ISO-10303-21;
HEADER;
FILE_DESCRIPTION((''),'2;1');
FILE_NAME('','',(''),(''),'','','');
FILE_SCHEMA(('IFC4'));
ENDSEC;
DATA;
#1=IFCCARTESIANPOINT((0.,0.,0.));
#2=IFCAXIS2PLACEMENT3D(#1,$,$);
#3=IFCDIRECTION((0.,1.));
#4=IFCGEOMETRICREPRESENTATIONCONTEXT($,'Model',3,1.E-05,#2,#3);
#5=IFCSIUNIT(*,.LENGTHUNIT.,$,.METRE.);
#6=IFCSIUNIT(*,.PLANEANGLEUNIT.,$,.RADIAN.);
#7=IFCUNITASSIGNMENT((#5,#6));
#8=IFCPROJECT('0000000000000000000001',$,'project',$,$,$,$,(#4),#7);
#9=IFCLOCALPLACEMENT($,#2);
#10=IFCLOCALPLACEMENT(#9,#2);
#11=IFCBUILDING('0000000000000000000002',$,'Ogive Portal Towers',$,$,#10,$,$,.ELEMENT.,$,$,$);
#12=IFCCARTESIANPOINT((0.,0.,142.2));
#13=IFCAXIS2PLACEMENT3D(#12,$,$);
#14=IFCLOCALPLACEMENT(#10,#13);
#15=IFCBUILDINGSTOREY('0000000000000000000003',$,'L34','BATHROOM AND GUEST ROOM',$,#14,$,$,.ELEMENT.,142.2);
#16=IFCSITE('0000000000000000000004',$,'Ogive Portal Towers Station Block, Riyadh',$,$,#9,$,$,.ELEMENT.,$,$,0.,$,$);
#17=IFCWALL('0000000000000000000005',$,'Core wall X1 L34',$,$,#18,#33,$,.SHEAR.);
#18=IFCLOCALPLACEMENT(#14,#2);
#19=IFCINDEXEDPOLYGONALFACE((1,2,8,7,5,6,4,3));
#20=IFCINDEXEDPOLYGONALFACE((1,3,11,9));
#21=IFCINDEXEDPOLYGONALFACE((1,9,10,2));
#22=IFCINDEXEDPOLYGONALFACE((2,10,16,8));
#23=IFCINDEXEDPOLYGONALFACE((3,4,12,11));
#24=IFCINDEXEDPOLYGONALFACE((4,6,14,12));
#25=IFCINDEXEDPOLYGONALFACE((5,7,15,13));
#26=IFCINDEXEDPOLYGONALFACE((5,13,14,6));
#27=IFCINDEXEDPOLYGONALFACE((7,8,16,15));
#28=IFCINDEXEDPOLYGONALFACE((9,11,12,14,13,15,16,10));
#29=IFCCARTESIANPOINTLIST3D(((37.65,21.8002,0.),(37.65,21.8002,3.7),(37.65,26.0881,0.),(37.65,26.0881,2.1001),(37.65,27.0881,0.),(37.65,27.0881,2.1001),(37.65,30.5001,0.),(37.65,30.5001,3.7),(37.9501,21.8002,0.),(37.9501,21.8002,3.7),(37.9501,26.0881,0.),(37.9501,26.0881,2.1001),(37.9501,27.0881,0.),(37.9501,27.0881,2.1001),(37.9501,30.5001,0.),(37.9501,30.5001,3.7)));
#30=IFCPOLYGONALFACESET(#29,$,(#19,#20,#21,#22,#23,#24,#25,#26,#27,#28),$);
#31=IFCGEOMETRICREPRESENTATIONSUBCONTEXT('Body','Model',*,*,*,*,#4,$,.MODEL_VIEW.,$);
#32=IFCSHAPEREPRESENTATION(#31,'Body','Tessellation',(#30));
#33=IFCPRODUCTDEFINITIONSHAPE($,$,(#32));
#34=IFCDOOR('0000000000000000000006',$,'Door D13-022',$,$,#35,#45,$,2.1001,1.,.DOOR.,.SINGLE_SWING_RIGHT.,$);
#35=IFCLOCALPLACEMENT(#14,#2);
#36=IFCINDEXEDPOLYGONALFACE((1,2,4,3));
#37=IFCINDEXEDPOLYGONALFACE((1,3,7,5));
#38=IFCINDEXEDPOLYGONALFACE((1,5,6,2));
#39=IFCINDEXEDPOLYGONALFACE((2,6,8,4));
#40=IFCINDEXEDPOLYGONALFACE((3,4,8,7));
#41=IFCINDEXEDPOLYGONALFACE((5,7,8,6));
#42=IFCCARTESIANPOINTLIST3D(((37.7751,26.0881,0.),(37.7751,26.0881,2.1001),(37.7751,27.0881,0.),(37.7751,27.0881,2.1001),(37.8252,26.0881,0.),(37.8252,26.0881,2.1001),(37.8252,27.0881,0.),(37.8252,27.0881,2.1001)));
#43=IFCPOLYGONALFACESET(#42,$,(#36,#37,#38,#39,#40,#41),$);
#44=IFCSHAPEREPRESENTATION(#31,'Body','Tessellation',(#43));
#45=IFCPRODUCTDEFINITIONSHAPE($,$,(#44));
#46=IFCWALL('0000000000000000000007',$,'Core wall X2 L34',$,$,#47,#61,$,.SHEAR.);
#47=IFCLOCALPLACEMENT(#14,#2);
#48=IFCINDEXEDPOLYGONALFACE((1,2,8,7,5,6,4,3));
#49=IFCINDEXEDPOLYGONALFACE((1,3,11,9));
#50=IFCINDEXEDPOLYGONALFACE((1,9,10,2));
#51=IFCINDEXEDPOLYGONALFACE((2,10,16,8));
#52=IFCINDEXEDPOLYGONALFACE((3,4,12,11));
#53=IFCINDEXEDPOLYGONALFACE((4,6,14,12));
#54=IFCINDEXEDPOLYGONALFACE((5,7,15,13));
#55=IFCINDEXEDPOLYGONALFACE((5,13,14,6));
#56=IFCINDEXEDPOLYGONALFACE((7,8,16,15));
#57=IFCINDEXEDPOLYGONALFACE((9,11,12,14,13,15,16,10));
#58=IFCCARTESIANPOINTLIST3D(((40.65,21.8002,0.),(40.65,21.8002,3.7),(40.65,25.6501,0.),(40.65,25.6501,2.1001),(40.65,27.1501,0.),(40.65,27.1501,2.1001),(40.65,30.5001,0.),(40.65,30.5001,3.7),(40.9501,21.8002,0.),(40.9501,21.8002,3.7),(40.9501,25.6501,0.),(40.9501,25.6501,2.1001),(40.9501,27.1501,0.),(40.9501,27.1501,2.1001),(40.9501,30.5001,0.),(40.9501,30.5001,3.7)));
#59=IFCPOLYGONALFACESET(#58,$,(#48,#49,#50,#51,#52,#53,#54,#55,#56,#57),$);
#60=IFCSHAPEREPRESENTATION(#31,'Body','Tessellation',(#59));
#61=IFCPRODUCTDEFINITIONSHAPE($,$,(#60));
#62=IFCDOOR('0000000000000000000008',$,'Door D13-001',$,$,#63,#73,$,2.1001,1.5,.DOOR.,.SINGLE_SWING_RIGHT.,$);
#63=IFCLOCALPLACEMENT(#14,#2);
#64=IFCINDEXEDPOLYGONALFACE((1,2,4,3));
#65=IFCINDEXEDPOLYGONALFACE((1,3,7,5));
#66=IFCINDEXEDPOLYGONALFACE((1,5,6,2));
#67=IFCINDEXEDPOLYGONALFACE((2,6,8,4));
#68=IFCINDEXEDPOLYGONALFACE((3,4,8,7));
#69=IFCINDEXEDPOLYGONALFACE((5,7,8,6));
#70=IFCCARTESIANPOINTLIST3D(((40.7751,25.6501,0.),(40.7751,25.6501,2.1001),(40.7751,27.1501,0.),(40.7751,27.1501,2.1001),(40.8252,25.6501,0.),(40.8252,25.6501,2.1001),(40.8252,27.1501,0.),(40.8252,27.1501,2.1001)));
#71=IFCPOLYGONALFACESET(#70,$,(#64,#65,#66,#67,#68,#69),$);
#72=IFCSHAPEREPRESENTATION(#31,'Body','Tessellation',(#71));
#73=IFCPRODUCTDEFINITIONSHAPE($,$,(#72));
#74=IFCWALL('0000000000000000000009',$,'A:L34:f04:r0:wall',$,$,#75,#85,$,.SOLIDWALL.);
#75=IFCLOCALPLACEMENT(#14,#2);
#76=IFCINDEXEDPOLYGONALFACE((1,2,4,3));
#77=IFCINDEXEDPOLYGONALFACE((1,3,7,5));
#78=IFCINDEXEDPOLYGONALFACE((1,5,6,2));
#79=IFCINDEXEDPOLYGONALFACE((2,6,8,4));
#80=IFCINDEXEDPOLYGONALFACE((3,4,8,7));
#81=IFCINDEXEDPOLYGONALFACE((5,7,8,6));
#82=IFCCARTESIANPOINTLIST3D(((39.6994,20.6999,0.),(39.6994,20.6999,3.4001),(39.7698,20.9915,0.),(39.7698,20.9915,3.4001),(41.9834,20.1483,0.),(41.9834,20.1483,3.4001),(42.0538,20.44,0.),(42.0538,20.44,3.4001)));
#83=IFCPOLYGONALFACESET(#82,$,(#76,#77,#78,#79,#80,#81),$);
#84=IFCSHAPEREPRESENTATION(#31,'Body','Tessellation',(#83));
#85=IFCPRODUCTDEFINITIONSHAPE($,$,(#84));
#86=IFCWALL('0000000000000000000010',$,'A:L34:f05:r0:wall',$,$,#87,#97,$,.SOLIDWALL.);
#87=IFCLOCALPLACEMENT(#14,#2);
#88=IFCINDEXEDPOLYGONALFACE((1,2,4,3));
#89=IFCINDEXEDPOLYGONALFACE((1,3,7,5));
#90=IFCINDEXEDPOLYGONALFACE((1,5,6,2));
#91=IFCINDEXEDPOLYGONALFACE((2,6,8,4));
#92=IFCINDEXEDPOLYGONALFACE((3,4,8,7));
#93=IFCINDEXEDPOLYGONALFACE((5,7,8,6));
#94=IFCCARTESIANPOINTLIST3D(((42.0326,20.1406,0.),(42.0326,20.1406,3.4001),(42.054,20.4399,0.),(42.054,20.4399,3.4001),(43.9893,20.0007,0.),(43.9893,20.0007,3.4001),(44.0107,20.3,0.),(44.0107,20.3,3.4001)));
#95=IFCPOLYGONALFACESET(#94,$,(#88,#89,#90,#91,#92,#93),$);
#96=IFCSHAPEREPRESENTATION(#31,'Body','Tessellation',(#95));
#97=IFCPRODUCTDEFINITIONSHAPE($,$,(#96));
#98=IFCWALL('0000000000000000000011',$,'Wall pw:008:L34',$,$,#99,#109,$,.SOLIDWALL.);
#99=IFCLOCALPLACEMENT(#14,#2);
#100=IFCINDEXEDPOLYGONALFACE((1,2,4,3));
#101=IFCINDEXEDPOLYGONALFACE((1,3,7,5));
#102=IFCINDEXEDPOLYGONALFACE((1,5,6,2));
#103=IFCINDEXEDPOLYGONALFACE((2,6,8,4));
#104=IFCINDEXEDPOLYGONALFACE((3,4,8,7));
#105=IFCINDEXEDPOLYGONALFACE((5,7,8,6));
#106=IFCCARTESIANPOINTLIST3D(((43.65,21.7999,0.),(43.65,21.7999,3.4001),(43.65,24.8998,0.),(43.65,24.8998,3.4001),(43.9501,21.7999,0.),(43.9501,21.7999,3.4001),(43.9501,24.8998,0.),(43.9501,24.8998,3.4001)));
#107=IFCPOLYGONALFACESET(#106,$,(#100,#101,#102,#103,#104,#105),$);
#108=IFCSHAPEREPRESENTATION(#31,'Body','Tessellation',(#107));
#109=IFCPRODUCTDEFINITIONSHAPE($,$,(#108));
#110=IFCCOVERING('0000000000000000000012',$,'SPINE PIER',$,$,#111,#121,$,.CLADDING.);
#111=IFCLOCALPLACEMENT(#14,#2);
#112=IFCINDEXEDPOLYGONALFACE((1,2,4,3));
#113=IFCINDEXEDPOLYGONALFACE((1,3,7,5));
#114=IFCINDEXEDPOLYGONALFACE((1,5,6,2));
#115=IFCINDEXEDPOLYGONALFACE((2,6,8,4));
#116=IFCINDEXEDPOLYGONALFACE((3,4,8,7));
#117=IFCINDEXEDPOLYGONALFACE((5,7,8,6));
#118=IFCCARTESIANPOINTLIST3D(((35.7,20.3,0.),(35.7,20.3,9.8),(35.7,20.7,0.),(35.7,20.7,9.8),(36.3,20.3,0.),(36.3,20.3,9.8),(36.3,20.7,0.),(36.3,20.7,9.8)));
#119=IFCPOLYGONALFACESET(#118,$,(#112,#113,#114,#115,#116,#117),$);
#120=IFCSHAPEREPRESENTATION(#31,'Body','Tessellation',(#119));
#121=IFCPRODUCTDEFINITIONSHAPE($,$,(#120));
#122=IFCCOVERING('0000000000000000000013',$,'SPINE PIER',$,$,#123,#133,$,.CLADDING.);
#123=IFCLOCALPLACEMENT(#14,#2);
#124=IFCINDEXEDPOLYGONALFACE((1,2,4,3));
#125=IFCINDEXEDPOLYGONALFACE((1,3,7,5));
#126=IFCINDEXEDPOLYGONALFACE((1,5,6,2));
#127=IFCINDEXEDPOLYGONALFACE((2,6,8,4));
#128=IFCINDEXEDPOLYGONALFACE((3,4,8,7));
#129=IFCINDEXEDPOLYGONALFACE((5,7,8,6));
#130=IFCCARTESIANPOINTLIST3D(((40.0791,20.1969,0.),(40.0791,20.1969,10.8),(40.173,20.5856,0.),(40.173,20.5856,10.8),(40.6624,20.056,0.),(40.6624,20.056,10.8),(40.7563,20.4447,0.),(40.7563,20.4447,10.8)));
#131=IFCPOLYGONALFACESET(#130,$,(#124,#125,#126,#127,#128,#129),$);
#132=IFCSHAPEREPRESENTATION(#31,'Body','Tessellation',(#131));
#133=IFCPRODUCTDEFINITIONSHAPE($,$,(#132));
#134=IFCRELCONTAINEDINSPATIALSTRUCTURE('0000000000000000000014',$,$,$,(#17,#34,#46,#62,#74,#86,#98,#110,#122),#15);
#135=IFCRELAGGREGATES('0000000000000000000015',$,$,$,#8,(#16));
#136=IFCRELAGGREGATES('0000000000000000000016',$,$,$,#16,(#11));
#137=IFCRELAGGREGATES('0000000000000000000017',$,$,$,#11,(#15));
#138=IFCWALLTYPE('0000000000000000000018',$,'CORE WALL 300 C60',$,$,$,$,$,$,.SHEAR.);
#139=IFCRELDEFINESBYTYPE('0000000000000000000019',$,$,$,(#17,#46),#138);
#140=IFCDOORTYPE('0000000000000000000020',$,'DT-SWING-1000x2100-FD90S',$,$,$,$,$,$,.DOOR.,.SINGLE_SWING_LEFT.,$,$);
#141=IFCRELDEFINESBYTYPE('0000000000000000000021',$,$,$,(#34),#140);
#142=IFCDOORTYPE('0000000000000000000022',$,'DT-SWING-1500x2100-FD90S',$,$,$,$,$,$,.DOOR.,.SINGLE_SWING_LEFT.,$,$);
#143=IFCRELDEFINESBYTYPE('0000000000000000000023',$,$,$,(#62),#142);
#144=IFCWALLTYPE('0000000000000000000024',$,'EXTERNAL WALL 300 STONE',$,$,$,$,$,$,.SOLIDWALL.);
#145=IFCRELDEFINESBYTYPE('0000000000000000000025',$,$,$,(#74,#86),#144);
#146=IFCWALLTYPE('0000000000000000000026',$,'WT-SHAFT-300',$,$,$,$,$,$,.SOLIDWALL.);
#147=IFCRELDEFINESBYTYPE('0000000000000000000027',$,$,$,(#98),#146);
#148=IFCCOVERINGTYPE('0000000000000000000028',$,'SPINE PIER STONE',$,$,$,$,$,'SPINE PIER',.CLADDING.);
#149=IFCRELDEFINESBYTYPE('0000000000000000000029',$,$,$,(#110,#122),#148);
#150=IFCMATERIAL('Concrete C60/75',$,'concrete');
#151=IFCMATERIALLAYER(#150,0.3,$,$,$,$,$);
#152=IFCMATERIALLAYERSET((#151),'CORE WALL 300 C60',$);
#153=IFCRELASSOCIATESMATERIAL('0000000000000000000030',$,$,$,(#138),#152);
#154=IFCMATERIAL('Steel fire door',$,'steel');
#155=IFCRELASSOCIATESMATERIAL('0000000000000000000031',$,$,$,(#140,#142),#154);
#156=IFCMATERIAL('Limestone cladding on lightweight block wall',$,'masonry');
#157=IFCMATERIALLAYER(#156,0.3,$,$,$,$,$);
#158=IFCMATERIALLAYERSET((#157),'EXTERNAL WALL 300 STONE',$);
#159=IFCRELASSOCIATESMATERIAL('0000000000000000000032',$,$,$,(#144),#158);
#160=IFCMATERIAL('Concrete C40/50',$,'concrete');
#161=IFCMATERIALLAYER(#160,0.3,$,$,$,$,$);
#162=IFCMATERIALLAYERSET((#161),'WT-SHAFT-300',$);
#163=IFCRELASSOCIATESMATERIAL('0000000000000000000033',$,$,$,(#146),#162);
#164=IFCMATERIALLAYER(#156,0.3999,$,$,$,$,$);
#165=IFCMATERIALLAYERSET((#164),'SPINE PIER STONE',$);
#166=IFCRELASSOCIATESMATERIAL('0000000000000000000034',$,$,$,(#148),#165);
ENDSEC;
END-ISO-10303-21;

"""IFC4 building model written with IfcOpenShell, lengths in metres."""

from ifc_helpers import new_model, si_unit, direction, frame, frame_2d, origin, origin_2d, place, context, subcontext, project, spatial, rectangle, extrude, material, layer, layer_set, type_object, element, fill, save


model = new_model("IFC4")

# Units and contexts
model_context = context("Model", 3, precision=1e-05, world=origin(), true_north=direction((0.0, 1.0)))
body_context = subcontext(model_context, "Body", "Model", "MODEL_VIEW")
ifc_project = project(units=[si_unit("LENGTHUNIT", "METRE"), si_unit("PLANEANGLEUNIT", "RADIAN")], contexts=[model_context])

# Site, building, storey
site_placement = place(None, origin())
site = spatial("IfcSite", under=ifc_project, at=site_placement, Name="Ogive Portal Towers Station Block, Riyadh", CompositionType="ELEMENT", RefElevation=0.0)
building_placement = place(site_placement, origin())
building = spatial("IfcBuilding", under=site, at=building_placement, Name="Ogive Portal Towers", CompositionType="ELEMENT")
storey_placement = place(building_placement, frame((0.0, 0.0, 142.2)))
storey = spatial("IfcBuildingStorey", under=building, at=storey_placement, Name="L34", Description="BATHROOM AND GUEST ROOM", CompositionType="ELEMENT", Elevation=142.2)

# Walls, openings, doors
ifc_material_1 = material(Name="Concrete C60/75", Category="concrete")
ifc_layer_1 = layer(ifc_material_1, 0.3)
ifc_layer_set_1 = layer_set([ifc_layer_1], Name="CORE WALL 300 C60")
wall_type_1 = type_object("IfcWallType", Name="CORE WALL 300 C60", PredefinedType="SHEAR", material=ifc_layer_set_1)
wall_1_placement = place(storey_placement, frame((37.8, 21.8, 0.0), z_axis=(0.0, 0.0, 1.0), x_axis=(0.0, 1.0, 0.0)))
wall_1 = element("IfcWall", 1, at=wall_1_placement, inside=storey, type_object=wall_type_1, Name="Core wall X1 L34", PredefinedType="SHEAR", context=body_context, shape_type="SweptSolid", body=[
    extrude(rectangle(XDim=8.7, YDim=0.3, at=frame_2d((4.3501, 0.0))), origin(), (0.0, 0.0, 1.0), 3.7),
])
opening_1_placement = place(wall_1_placement, frame((4.2881, 0.0, 0.0)))
opening_1 = element("IfcOpeningElement", 2, at=opening_1_placement, cuts=wall_1, PredefinedType="OPENING", context=body_context, shape_type="SweptSolid", body=[
    extrude(rectangle(XDim=1.0, YDim=2.1001, at=frame_2d((0.5, 1.05))), frame((0.0, 0.1602, 0.0), z_axis=(0.0, -1.0, 0.0), x_axis=(1.0, 0.0, 0.0)), (0.0, 0.0, 1.0), 0.3201),
])
ifc_material_2 = material(Name="Steel fire door", Category="steel")
door_type_1 = type_object("IfcDoorType", Name="DT-SWING-1000x2100-FD90S", OperationType="SINGLE_SWING_LEFT", PredefinedType="DOOR", material=ifc_material_2)
door_1_placement = place(opening_1_placement, origin())
door_1 = element("IfcDoor", 3, at=door_1_placement, inside=storey, type_object=door_type_1, Name="Door D13-022", OperationType="SINGLE_SWING_RIGHT", OverallHeight=2.1001, OverallWidth=1.0, PredefinedType="DOOR", context=body_context, shape_type="SweptSolid", body=[
    extrude(rectangle(XDim=1.0, YDim=2.1001, at=frame_2d((0.5, 1.05))), frame((0.0, 0.0249, 0.0), z_axis=(0.0, -1.0, 0.0), x_axis=(1.0, 0.0, 0.0)), (0.0, 0.0, 1.0), 0.05),
])
fill(opening_1, door_1)
wall_2_placement = place(storey_placement, frame((40.8, 21.8, 0.0), z_axis=(0.0, 0.0, 1.0), x_axis=(0.0, 1.0, 0.0)))
wall_2 = element("IfcWall", 4, at=wall_2_placement, inside=storey, type_object=wall_type_1, Name="Core wall X2 L34", PredefinedType="SHEAR", context=body_context, shape_type="SweptSolid", body=[
    extrude(rectangle(XDim=8.7, YDim=0.3, at=frame_2d((4.3501, 0.0))), origin(), (0.0, 0.0, 1.0), 3.7),
])
opening_2_placement = place(wall_2_placement, frame((3.8501, 0.0, 0.0)))
opening_2 = element("IfcOpeningElement", 5, at=opening_2_placement, cuts=wall_2, PredefinedType="OPENING", context=body_context, shape_type="SweptSolid", body=[
    extrude(rectangle(XDim=1.5, YDim=2.1001, at=frame_2d((0.75, 1.05))), frame((0.0, 0.1602, 0.0), z_axis=(0.0, -1.0, 0.0), x_axis=(1.0, 0.0, 0.0)), (0.0, 0.0, 1.0), 0.3201),
])
door_type_2 = type_object("IfcDoorType", Name="DT-SWING-1500x2100-FD90S", OperationType="SINGLE_SWING_LEFT", PredefinedType="DOOR", material=ifc_material_2)
door_2_placement = place(opening_2_placement, origin())
door_2 = element("IfcDoor", 6, at=door_2_placement, inside=storey, type_object=door_type_2, Name="Door D13-001", OperationType="SINGLE_SWING_RIGHT", OverallHeight=2.1001, OverallWidth=1.5, PredefinedType="DOOR", context=body_context, shape_type="SweptSolid", body=[
    extrude(rectangle(XDim=1.5, YDim=2.1001, at=frame_2d((0.75, 1.05))), frame((0.0, 0.0249, 0.0), z_axis=(0.0, -1.0, 0.0), x_axis=(1.0, 0.0, 0.0)), (0.0, 0.0, 1.0), 0.05),
])
fill(opening_2, door_2)

# Walls
ifc_material_3 = material(Name="Limestone cladding on lightweight block wall", Category="masonry")
ifc_layer_2 = layer(ifc_material_3, 0.3)
ifc_layer_set_2 = layer_set([ifc_layer_2], Name="EXTERNAL WALL 300 STONE")
wall_type_2 = type_object("IfcWallType", Name="EXTERNAL WALL 300 STONE", PredefinedType="SOLIDWALL", material=ifc_layer_set_2)
wall_3_placement = place(storey_placement, frame((39.7346, 20.8457, 0.0), z_axis=(0.0, 0.0, 1.0), x_axis=(0.972061, -0.234729, 0.0)))
element("IfcWall", 7, at=wall_3_placement, inside=storey, type_object=wall_type_2, Name="A:L34:f04:r0:wall", PredefinedType="SOLIDWALL", context=body_context, shape_type="SweptSolid", body=[
    extrude(rectangle(XDim=2.3496, YDim=0.3, at=frame_2d((1.1748, 0.0))), origin(), (0.0, 0.0, 1.0), 3.4001),
])
wall_4_placement = place(storey_placement, frame((42.0432, 20.2903, 0.0), z_axis=(0.0, 0.0, 1.0), x_axis=(0.997454, -0.071309, 0.0)))
element("IfcWall", 8, at=wall_4_placement, inside=storey, type_object=wall_type_2, Name="A:L34:f05:r0:wall", PredefinedType="SOLIDWALL", context=body_context, shape_type="SweptSolid", body=[
    extrude(rectangle(XDim=1.9617, YDim=0.3, at=frame_2d((0.981, 0.0))), origin(), (0.0, 0.0, 1.0), 3.4001),
])

# Wall
ifc_material_4 = material(Name="Concrete C40/50", Category="concrete")
ifc_layer_3 = layer(ifc_material_4, 0.3)
ifc_layer_set_3 = layer_set([ifc_layer_3], Name="WT-SHAFT-300")
wall_type_3 = type_object("IfcWallType", Name="WT-SHAFT-300", PredefinedType="SOLIDWALL", material=ifc_layer_set_3)
wall_5_placement = place(storey_placement, frame((43.8, 21.8, 0.0), z_axis=(0.0, 0.0, 1.0), x_axis=(0.0, 1.0, 0.0)))
element("IfcWall", 9, at=wall_5_placement, inside=storey, type_object=wall_type_3, Name="Wall pw:008:L34", PredefinedType="SOLIDWALL", context=body_context, shape_type="SweptSolid", body=[
    extrude(rectangle(XDim=3.0999, YDim=0.3, at=frame_2d((1.5498, 0.0))), origin(), (0.0, 0.0, 1.0), 3.4001),
])

# Coverings
ifc_layer_4 = layer(ifc_material_3, 0.3999)
ifc_layer_set_4 = layer_set([ifc_layer_4], Name="SPINE PIER STONE")
covering_type = type_object("IfcCoveringType", Name="SPINE PIER STONE", ElementType="SPINE PIER", PredefinedType="CLADDING", material=ifc_layer_set_4)
covering_1_placement = place(storey_placement, frame((36.0, 20.5, 0.0), z_axis=(0.0, 0.0, 1.0), x_axis=(1.0, 0.0, 0.0)))
element("IfcCovering", 10, at=covering_1_placement, inside=storey, type_object=covering_type, Name="SPINE PIER", PredefinedType="CLADDING", context=body_context, shape_type="SweptSolid", body=[
    extrude(rectangle(XDim=0.6001, YDim=0.3999, at=origin_2d()), origin(), (0.0, 0.0, 1.0), 9.8),
])
covering_2_placement = place(storey_placement, frame((40.4177, 20.3208, 0.0), z_axis=(0.0, 0.0, 1.0), x_axis=(0.972048, -0.234782, 0.0)))
element("IfcCovering", 11, at=covering_2_placement, inside=storey, type_object=covering_type, Name="SPINE PIER", PredefinedType="CLADDING", context=body_context, shape_type="SweptSolid", body=[
    extrude(rectangle(XDim=0.6001, YDim=0.3999, at=origin_2d()), origin(), (0.0, 0.0, 1.0), 10.8),
])

save(model, "model.ifc")
